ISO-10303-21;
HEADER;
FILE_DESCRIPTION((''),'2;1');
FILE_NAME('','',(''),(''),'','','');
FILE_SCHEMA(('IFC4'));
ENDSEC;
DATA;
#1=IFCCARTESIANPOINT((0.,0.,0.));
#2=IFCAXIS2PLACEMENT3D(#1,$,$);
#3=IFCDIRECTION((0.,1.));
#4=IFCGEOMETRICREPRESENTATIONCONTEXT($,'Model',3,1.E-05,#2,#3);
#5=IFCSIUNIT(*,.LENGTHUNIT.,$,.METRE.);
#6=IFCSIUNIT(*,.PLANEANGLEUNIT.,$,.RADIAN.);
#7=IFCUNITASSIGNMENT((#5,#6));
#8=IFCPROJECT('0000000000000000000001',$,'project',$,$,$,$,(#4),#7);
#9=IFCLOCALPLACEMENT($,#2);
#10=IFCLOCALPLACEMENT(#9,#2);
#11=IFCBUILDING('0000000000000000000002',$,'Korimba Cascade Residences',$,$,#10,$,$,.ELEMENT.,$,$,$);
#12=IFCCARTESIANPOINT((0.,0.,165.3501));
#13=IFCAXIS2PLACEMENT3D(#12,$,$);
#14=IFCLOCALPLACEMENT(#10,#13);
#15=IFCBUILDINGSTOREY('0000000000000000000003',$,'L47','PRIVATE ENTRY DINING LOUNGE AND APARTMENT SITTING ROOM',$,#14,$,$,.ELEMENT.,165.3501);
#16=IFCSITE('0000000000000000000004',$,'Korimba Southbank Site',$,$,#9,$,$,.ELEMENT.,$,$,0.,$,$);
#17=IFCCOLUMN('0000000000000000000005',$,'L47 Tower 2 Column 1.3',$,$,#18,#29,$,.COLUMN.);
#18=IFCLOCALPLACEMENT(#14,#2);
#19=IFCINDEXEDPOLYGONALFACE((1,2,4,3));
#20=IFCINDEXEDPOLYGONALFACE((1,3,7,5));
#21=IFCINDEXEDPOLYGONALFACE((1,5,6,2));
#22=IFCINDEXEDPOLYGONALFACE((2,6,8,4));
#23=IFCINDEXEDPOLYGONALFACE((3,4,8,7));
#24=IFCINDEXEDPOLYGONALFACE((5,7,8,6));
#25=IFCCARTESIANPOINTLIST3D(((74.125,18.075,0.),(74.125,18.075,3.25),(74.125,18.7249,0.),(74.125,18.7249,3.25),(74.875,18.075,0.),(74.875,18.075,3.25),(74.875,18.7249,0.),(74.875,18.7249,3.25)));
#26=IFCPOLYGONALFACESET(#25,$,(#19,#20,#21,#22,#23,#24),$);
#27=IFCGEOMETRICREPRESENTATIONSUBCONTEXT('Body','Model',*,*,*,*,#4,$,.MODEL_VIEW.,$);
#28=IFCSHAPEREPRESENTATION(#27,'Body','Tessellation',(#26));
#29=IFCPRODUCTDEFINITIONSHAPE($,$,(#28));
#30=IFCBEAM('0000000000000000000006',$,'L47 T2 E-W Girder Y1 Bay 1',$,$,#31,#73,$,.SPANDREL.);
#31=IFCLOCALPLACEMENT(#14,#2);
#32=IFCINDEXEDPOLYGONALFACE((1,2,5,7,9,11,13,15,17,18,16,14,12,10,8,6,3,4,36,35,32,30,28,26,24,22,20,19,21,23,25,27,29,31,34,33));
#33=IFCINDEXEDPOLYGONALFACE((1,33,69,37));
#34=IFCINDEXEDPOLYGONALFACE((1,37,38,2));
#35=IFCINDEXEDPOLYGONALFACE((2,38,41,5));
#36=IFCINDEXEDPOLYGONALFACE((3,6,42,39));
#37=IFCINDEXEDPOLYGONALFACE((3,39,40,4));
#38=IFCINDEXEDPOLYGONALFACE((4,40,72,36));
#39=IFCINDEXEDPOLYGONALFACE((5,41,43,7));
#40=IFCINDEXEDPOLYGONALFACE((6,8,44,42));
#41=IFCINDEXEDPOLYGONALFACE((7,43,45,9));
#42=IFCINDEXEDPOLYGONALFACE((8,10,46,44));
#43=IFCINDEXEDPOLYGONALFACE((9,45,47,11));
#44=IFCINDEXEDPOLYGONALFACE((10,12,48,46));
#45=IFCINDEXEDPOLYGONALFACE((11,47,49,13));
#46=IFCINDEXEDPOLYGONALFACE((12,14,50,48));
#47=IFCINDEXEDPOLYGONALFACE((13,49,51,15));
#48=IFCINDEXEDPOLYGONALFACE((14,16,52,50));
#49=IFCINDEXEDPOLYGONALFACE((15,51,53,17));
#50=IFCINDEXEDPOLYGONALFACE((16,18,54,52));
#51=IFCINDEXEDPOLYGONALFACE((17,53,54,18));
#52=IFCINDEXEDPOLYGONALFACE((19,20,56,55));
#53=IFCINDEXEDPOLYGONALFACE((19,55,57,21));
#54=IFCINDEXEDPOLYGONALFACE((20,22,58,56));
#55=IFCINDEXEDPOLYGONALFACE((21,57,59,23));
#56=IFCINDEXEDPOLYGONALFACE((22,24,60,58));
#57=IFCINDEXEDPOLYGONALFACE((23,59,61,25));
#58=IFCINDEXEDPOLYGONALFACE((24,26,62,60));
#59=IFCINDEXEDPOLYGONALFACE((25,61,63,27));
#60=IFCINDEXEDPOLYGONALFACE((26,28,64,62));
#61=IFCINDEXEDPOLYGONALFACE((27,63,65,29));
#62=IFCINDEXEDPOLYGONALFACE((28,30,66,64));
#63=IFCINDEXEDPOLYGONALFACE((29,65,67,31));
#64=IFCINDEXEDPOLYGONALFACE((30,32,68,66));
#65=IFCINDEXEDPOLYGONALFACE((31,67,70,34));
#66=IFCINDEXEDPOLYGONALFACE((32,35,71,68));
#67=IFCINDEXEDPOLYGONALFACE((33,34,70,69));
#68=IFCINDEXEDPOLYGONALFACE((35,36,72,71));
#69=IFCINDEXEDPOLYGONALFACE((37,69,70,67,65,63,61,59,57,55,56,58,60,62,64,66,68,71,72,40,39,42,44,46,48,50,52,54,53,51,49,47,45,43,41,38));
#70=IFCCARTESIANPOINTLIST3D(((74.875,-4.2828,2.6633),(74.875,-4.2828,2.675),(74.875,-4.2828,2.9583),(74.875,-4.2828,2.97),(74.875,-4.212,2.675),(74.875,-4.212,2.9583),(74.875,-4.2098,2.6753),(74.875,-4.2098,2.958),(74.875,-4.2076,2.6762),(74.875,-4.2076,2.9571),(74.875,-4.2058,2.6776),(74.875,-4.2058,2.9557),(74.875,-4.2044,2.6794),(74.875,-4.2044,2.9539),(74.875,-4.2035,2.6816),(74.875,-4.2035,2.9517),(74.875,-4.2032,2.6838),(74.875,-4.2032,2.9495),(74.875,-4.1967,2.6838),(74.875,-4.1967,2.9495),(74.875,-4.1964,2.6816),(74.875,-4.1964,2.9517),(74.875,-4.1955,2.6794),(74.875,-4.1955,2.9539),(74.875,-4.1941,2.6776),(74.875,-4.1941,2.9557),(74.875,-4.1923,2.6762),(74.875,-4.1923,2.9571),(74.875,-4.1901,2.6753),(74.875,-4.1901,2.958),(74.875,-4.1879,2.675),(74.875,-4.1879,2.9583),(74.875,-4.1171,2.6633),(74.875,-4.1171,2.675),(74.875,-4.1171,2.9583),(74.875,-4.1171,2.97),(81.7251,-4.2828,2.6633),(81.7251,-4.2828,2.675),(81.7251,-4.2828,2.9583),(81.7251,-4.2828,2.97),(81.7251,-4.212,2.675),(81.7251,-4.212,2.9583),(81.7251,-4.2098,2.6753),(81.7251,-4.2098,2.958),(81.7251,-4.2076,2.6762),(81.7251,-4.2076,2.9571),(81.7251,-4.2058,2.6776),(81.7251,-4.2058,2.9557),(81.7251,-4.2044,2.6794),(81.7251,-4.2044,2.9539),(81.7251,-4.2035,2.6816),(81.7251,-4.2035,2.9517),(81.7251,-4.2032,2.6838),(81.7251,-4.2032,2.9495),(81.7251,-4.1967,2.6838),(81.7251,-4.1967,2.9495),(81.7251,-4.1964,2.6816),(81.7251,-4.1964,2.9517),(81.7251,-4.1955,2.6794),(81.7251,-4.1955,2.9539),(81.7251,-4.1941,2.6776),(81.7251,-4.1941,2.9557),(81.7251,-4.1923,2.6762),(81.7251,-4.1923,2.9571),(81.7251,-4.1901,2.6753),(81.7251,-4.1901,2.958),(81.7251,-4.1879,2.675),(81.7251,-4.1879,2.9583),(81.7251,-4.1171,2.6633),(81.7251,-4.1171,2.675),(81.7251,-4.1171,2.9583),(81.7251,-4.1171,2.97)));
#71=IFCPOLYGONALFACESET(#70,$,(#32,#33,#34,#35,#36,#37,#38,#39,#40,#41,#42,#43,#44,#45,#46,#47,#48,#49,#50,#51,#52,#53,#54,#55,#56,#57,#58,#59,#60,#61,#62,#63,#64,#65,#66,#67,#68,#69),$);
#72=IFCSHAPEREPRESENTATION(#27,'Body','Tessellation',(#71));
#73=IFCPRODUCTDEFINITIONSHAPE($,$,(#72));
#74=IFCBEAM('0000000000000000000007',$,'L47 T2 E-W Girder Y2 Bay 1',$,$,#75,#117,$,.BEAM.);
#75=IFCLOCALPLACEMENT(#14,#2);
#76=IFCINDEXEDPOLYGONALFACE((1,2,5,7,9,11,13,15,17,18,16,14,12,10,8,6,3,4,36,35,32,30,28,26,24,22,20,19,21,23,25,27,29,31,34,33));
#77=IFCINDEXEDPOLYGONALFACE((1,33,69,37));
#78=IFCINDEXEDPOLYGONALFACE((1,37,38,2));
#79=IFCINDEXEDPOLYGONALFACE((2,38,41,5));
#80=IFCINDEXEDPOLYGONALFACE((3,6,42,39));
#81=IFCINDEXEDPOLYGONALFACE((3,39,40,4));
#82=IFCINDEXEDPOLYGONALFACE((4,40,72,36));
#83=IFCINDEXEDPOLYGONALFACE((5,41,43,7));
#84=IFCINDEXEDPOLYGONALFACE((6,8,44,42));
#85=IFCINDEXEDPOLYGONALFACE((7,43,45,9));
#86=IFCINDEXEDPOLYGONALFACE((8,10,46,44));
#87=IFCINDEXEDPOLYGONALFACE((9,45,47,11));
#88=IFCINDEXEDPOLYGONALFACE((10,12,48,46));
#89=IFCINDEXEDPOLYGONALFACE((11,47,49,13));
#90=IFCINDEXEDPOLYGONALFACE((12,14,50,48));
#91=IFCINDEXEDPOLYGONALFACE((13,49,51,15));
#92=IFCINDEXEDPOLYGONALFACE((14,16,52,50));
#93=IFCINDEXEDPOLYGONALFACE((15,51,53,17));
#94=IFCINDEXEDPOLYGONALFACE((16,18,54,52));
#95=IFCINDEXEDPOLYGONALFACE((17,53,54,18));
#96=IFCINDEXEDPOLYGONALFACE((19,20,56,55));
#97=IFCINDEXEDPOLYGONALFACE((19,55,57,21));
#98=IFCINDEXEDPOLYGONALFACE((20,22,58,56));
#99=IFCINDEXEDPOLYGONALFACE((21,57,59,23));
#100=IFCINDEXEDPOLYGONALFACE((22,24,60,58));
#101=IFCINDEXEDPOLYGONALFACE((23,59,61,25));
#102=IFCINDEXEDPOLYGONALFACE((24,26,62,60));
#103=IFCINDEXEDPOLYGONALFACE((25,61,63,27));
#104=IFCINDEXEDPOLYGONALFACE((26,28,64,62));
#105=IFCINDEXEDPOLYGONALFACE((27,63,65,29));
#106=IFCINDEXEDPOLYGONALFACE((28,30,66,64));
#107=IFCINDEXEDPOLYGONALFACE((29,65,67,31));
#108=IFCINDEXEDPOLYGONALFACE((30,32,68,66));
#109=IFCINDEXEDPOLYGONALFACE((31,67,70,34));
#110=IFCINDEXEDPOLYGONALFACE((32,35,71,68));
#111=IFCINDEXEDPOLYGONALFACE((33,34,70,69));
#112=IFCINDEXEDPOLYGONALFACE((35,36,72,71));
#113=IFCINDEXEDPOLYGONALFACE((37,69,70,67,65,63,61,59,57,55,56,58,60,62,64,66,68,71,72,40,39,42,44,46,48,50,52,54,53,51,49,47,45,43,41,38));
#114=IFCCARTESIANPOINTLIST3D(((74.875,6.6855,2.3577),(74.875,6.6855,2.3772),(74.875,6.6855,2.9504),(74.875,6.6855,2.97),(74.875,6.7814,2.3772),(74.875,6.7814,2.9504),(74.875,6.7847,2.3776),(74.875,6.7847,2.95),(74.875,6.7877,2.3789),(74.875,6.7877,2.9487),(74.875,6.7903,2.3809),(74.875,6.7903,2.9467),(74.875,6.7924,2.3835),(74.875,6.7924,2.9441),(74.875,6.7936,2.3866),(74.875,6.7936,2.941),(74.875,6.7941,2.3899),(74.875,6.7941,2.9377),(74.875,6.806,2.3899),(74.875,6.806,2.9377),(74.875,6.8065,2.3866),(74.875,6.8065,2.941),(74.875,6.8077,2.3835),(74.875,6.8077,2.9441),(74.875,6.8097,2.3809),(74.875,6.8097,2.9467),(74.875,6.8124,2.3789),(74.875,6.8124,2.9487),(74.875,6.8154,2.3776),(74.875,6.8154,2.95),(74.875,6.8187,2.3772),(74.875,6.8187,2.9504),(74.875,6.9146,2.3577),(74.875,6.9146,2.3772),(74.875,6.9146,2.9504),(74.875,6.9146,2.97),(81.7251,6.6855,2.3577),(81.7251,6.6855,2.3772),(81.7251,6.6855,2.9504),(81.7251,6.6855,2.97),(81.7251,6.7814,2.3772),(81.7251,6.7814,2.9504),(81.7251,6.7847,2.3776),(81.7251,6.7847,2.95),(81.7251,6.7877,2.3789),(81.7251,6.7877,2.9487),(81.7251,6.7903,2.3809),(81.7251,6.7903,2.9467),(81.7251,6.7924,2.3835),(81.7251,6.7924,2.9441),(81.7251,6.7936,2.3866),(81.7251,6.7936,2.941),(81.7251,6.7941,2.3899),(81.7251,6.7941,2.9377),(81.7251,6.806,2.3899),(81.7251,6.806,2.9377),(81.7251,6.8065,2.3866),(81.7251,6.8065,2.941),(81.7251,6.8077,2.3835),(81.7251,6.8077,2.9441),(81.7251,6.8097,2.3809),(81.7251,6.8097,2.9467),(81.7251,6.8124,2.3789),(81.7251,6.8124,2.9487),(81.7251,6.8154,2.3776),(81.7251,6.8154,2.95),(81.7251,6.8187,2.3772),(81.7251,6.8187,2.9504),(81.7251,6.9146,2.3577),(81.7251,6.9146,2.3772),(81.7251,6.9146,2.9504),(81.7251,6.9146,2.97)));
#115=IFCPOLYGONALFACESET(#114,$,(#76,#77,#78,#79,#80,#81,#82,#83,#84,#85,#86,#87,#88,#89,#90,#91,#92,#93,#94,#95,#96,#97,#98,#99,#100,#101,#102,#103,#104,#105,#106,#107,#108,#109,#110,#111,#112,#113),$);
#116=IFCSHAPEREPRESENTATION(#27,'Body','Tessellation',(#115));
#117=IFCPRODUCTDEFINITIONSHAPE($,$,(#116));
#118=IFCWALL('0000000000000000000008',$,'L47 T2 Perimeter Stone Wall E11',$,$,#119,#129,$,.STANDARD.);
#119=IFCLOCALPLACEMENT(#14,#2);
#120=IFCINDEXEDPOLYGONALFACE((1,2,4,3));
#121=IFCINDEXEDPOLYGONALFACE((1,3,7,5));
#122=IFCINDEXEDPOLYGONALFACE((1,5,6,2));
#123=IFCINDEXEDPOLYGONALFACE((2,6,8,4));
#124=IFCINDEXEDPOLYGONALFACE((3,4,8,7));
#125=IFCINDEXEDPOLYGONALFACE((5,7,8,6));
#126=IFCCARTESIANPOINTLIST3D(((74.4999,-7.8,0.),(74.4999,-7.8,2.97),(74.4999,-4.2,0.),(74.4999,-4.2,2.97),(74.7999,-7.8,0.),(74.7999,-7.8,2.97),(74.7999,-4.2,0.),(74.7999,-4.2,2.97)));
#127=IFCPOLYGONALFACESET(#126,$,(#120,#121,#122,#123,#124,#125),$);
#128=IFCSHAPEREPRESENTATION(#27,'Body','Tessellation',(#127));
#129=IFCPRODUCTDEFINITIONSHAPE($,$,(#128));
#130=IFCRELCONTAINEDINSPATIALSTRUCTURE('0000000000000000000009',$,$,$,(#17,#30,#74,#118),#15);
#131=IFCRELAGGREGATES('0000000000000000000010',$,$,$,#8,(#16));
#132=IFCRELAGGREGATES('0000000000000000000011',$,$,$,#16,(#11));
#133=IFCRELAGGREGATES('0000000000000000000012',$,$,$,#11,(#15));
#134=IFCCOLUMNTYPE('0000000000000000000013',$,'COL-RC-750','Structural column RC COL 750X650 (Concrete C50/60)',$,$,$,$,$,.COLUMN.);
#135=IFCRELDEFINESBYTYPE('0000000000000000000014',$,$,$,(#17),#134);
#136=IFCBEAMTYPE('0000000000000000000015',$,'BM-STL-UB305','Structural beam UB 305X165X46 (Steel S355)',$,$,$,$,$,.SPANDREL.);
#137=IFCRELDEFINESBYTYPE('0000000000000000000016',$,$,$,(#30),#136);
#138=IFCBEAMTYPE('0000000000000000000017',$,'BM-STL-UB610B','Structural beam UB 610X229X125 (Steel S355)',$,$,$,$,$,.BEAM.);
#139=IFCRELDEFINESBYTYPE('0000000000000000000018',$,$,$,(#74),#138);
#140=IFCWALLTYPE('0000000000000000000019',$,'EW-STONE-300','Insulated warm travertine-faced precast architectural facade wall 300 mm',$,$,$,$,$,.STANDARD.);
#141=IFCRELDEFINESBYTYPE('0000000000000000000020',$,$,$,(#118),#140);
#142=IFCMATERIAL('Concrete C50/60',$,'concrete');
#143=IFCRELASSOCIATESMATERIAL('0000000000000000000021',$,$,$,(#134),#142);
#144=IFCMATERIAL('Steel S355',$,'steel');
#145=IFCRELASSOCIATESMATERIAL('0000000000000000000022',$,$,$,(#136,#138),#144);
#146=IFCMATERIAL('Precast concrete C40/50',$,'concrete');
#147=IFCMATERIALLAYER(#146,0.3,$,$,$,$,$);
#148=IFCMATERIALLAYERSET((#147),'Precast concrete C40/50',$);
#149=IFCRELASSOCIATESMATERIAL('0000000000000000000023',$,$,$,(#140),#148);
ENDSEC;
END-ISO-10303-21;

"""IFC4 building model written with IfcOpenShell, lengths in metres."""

from ifc_helpers import new_model, si_unit, direction, frame, frame_2d, origin, origin_2d, place, context, subcontext, project, spatial, rectangle, i_section, extrude, material, layer, layer_set, material_profile, profile_set, type_object, element, save


model = new_model("IFC4")

# Units and contexts
model_context = context("Model", 3, precision=1e-05, world=origin(), true_north=direction((0.0, 1.0)))
body_context = subcontext(model_context, "Body", "Model", "MODEL_VIEW")
ifc_project = project(units=[si_unit("LENGTHUNIT", "METRE"), si_unit("PLANEANGLEUNIT", "RADIAN")], contexts=[model_context])

# Site, building, storey
site_placement = place(None, origin())
site = spatial("IfcSite", under=ifc_project, at=site_placement, Name="Korimba Southbank Site", CompositionType="ELEMENT", RefElevation=0.0)
building_placement = place(site_placement, origin())
building = spatial("IfcBuilding", under=site, at=building_placement, Name="Korimba Cascade Residences", CompositionType="ELEMENT")
storey_placement = place(building_placement, frame((0.0, 0.0, 165.3501)))
storey = spatial("IfcBuildingStorey", under=building, at=storey_placement, Name="L47", Description="PRIVATE ENTRY DINING LOUNGE AND APARTMENT SITTING ROOM", CompositionType="ELEMENT", Elevation=165.3501)

# Column
ifc_material_1 = material(Name="Concrete C50/60", Category="concrete")
ifc_material_profile_1 = material_profile(ifc_material_1, rectangle(XDim=0.75, YDim=0.6499, at=origin_2d()), Name="Concrete C50/60")
ifc_profile_set_1 = profile_set([ifc_material_profile_1], Name="Concrete C50/60")
column_type = type_object("IfcColumnType", Name="COL-RC-750", Description="Structural column RC COL 750X650 (Concrete C50/60)", PredefinedType="COLUMN", material=ifc_profile_set_1)
column_placement = place(storey_placement, frame((74.5, 18.3999, 0.0), z_axis=(0.0, 0.0, 1.0), x_axis=(1.0, 0.0, 0.0)))
element("IfcColumn", 1, at=column_placement, inside=storey, type_object=column_type, Name="L47 Tower 2 Column 1.3", PredefinedType="COLUMN", context=body_context, shape_type="SweptSolid", body=[
    extrude(rectangle(XDim=0.75, YDim=0.6499, at=origin_2d()), origin(), (0.0, 0.0, 1.0), 3.25),
])

# Beams
ifc_material_2 = material(Name="Steel S355", Category="steel")
ifc_material_profile_2 = material_profile(ifc_material_2, i_section(OverallWidth=0.1658, OverallDepth=0.3066, WebThickness=0.0066, FlangeThickness=0.0117, FilletRadius=0.0088, at=origin_2d()), Name="Steel S355")
ifc_profile_set_2 = profile_set([ifc_material_profile_2], Name="Steel S355")
beam_type_1 = type_object("IfcBeamType", Name="BM-STL-UB305", Description="Structural beam UB 305X165X46 (Steel S355)", PredefinedType="SPANDREL", material=ifc_profile_set_2)
beam_1_placement = place(storey_placement, frame((74.875, -4.2, 2.8167), z_axis=(1.0, 0.0, 0.0), x_axis=(0.0, 1.0, 0.0)))
element("IfcBeam", 2, at=beam_1_placement, inside=storey, type_object=beam_type_1, Name="L47 T2 E-W Girder Y1 Bay 1", PredefinedType="SPANDREL", context=body_context, shape_type="SweptSolid", body=[
    extrude(i_section(OverallWidth=0.1658, OverallDepth=0.3066, WebThickness=0.0066, FlangeThickness=0.0117, FilletRadius=0.0088, at=origin_2d()), origin(), (0.0, 0.0, 1.0), 6.8501),
])
ifc_material_profile_3 = material_profile(ifc_material_2, i_section(OverallWidth=0.229, OverallDepth=0.6123, WebThickness=0.012, FlangeThickness=0.0195, FilletRadius=0.0127, at=origin_2d()), Name="Steel S355")
ifc_profile_set_3 = profile_set([ifc_material_profile_3], Name="Steel S355")
beam_type_2 = type_object("IfcBeamType", Name="BM-STL-UB610B", Description="Structural beam UB 610X229X125 (Steel S355)", PredefinedType="BEAM", material=ifc_profile_set_3)
beam_2_placement = place(storey_placement, frame((74.875, 6.8, 2.6638), z_axis=(1.0, 0.0, 0.0), x_axis=(0.0, 1.0, 0.0)))
element("IfcBeam", 3, at=beam_2_placement, inside=storey, type_object=beam_type_2, Name="L47 T2 E-W Girder Y2 Bay 1", PredefinedType="BEAM", context=body_context, shape_type="SweptSolid", body=[
    extrude(i_section(OverallWidth=0.229, OverallDepth=0.6123, WebThickness=0.012, FlangeThickness=0.0195, FilletRadius=0.0127, at=origin_2d()), origin(), (0.0, 0.0, 1.0), 6.8501),
])

# Wall
ifc_material_3 = material(Name="Precast concrete C40/50", Category="concrete")
ifc_layer_1 = layer(ifc_material_3, 0.3)
ifc_layer_set_1 = layer_set([ifc_layer_1], Name="Precast concrete C40/50")
wall_type_1 = type_object("IfcWallType", Name="EW-STONE-300", Description="Insulated warm travertine-faced precast architectural facade wall 300 mm", PredefinedType="STANDARD", material=ifc_layer_set_1)
wall_1_placement = place(storey_placement, frame((74.6499, -4.2, 0.0), z_axis=(0.0, 0.0, 1.0), x_axis=(0.0, -1.0, 0.0)))
element("IfcWall", 4, at=wall_1_placement, inside=storey, type_object=wall_type_1, Name="L47 T2 Perimeter Stone Wall E11", PredefinedType="STANDARD", context=body_context, shape_type="SweptSolid", body=[
    extrude(rectangle(XDim=3.6001, YDim=0.3, at=frame_2d((1.8, 0.0))), origin(), (0.0, 0.0, 1.0), 2.97),
])

save(model, "model.ifc")
